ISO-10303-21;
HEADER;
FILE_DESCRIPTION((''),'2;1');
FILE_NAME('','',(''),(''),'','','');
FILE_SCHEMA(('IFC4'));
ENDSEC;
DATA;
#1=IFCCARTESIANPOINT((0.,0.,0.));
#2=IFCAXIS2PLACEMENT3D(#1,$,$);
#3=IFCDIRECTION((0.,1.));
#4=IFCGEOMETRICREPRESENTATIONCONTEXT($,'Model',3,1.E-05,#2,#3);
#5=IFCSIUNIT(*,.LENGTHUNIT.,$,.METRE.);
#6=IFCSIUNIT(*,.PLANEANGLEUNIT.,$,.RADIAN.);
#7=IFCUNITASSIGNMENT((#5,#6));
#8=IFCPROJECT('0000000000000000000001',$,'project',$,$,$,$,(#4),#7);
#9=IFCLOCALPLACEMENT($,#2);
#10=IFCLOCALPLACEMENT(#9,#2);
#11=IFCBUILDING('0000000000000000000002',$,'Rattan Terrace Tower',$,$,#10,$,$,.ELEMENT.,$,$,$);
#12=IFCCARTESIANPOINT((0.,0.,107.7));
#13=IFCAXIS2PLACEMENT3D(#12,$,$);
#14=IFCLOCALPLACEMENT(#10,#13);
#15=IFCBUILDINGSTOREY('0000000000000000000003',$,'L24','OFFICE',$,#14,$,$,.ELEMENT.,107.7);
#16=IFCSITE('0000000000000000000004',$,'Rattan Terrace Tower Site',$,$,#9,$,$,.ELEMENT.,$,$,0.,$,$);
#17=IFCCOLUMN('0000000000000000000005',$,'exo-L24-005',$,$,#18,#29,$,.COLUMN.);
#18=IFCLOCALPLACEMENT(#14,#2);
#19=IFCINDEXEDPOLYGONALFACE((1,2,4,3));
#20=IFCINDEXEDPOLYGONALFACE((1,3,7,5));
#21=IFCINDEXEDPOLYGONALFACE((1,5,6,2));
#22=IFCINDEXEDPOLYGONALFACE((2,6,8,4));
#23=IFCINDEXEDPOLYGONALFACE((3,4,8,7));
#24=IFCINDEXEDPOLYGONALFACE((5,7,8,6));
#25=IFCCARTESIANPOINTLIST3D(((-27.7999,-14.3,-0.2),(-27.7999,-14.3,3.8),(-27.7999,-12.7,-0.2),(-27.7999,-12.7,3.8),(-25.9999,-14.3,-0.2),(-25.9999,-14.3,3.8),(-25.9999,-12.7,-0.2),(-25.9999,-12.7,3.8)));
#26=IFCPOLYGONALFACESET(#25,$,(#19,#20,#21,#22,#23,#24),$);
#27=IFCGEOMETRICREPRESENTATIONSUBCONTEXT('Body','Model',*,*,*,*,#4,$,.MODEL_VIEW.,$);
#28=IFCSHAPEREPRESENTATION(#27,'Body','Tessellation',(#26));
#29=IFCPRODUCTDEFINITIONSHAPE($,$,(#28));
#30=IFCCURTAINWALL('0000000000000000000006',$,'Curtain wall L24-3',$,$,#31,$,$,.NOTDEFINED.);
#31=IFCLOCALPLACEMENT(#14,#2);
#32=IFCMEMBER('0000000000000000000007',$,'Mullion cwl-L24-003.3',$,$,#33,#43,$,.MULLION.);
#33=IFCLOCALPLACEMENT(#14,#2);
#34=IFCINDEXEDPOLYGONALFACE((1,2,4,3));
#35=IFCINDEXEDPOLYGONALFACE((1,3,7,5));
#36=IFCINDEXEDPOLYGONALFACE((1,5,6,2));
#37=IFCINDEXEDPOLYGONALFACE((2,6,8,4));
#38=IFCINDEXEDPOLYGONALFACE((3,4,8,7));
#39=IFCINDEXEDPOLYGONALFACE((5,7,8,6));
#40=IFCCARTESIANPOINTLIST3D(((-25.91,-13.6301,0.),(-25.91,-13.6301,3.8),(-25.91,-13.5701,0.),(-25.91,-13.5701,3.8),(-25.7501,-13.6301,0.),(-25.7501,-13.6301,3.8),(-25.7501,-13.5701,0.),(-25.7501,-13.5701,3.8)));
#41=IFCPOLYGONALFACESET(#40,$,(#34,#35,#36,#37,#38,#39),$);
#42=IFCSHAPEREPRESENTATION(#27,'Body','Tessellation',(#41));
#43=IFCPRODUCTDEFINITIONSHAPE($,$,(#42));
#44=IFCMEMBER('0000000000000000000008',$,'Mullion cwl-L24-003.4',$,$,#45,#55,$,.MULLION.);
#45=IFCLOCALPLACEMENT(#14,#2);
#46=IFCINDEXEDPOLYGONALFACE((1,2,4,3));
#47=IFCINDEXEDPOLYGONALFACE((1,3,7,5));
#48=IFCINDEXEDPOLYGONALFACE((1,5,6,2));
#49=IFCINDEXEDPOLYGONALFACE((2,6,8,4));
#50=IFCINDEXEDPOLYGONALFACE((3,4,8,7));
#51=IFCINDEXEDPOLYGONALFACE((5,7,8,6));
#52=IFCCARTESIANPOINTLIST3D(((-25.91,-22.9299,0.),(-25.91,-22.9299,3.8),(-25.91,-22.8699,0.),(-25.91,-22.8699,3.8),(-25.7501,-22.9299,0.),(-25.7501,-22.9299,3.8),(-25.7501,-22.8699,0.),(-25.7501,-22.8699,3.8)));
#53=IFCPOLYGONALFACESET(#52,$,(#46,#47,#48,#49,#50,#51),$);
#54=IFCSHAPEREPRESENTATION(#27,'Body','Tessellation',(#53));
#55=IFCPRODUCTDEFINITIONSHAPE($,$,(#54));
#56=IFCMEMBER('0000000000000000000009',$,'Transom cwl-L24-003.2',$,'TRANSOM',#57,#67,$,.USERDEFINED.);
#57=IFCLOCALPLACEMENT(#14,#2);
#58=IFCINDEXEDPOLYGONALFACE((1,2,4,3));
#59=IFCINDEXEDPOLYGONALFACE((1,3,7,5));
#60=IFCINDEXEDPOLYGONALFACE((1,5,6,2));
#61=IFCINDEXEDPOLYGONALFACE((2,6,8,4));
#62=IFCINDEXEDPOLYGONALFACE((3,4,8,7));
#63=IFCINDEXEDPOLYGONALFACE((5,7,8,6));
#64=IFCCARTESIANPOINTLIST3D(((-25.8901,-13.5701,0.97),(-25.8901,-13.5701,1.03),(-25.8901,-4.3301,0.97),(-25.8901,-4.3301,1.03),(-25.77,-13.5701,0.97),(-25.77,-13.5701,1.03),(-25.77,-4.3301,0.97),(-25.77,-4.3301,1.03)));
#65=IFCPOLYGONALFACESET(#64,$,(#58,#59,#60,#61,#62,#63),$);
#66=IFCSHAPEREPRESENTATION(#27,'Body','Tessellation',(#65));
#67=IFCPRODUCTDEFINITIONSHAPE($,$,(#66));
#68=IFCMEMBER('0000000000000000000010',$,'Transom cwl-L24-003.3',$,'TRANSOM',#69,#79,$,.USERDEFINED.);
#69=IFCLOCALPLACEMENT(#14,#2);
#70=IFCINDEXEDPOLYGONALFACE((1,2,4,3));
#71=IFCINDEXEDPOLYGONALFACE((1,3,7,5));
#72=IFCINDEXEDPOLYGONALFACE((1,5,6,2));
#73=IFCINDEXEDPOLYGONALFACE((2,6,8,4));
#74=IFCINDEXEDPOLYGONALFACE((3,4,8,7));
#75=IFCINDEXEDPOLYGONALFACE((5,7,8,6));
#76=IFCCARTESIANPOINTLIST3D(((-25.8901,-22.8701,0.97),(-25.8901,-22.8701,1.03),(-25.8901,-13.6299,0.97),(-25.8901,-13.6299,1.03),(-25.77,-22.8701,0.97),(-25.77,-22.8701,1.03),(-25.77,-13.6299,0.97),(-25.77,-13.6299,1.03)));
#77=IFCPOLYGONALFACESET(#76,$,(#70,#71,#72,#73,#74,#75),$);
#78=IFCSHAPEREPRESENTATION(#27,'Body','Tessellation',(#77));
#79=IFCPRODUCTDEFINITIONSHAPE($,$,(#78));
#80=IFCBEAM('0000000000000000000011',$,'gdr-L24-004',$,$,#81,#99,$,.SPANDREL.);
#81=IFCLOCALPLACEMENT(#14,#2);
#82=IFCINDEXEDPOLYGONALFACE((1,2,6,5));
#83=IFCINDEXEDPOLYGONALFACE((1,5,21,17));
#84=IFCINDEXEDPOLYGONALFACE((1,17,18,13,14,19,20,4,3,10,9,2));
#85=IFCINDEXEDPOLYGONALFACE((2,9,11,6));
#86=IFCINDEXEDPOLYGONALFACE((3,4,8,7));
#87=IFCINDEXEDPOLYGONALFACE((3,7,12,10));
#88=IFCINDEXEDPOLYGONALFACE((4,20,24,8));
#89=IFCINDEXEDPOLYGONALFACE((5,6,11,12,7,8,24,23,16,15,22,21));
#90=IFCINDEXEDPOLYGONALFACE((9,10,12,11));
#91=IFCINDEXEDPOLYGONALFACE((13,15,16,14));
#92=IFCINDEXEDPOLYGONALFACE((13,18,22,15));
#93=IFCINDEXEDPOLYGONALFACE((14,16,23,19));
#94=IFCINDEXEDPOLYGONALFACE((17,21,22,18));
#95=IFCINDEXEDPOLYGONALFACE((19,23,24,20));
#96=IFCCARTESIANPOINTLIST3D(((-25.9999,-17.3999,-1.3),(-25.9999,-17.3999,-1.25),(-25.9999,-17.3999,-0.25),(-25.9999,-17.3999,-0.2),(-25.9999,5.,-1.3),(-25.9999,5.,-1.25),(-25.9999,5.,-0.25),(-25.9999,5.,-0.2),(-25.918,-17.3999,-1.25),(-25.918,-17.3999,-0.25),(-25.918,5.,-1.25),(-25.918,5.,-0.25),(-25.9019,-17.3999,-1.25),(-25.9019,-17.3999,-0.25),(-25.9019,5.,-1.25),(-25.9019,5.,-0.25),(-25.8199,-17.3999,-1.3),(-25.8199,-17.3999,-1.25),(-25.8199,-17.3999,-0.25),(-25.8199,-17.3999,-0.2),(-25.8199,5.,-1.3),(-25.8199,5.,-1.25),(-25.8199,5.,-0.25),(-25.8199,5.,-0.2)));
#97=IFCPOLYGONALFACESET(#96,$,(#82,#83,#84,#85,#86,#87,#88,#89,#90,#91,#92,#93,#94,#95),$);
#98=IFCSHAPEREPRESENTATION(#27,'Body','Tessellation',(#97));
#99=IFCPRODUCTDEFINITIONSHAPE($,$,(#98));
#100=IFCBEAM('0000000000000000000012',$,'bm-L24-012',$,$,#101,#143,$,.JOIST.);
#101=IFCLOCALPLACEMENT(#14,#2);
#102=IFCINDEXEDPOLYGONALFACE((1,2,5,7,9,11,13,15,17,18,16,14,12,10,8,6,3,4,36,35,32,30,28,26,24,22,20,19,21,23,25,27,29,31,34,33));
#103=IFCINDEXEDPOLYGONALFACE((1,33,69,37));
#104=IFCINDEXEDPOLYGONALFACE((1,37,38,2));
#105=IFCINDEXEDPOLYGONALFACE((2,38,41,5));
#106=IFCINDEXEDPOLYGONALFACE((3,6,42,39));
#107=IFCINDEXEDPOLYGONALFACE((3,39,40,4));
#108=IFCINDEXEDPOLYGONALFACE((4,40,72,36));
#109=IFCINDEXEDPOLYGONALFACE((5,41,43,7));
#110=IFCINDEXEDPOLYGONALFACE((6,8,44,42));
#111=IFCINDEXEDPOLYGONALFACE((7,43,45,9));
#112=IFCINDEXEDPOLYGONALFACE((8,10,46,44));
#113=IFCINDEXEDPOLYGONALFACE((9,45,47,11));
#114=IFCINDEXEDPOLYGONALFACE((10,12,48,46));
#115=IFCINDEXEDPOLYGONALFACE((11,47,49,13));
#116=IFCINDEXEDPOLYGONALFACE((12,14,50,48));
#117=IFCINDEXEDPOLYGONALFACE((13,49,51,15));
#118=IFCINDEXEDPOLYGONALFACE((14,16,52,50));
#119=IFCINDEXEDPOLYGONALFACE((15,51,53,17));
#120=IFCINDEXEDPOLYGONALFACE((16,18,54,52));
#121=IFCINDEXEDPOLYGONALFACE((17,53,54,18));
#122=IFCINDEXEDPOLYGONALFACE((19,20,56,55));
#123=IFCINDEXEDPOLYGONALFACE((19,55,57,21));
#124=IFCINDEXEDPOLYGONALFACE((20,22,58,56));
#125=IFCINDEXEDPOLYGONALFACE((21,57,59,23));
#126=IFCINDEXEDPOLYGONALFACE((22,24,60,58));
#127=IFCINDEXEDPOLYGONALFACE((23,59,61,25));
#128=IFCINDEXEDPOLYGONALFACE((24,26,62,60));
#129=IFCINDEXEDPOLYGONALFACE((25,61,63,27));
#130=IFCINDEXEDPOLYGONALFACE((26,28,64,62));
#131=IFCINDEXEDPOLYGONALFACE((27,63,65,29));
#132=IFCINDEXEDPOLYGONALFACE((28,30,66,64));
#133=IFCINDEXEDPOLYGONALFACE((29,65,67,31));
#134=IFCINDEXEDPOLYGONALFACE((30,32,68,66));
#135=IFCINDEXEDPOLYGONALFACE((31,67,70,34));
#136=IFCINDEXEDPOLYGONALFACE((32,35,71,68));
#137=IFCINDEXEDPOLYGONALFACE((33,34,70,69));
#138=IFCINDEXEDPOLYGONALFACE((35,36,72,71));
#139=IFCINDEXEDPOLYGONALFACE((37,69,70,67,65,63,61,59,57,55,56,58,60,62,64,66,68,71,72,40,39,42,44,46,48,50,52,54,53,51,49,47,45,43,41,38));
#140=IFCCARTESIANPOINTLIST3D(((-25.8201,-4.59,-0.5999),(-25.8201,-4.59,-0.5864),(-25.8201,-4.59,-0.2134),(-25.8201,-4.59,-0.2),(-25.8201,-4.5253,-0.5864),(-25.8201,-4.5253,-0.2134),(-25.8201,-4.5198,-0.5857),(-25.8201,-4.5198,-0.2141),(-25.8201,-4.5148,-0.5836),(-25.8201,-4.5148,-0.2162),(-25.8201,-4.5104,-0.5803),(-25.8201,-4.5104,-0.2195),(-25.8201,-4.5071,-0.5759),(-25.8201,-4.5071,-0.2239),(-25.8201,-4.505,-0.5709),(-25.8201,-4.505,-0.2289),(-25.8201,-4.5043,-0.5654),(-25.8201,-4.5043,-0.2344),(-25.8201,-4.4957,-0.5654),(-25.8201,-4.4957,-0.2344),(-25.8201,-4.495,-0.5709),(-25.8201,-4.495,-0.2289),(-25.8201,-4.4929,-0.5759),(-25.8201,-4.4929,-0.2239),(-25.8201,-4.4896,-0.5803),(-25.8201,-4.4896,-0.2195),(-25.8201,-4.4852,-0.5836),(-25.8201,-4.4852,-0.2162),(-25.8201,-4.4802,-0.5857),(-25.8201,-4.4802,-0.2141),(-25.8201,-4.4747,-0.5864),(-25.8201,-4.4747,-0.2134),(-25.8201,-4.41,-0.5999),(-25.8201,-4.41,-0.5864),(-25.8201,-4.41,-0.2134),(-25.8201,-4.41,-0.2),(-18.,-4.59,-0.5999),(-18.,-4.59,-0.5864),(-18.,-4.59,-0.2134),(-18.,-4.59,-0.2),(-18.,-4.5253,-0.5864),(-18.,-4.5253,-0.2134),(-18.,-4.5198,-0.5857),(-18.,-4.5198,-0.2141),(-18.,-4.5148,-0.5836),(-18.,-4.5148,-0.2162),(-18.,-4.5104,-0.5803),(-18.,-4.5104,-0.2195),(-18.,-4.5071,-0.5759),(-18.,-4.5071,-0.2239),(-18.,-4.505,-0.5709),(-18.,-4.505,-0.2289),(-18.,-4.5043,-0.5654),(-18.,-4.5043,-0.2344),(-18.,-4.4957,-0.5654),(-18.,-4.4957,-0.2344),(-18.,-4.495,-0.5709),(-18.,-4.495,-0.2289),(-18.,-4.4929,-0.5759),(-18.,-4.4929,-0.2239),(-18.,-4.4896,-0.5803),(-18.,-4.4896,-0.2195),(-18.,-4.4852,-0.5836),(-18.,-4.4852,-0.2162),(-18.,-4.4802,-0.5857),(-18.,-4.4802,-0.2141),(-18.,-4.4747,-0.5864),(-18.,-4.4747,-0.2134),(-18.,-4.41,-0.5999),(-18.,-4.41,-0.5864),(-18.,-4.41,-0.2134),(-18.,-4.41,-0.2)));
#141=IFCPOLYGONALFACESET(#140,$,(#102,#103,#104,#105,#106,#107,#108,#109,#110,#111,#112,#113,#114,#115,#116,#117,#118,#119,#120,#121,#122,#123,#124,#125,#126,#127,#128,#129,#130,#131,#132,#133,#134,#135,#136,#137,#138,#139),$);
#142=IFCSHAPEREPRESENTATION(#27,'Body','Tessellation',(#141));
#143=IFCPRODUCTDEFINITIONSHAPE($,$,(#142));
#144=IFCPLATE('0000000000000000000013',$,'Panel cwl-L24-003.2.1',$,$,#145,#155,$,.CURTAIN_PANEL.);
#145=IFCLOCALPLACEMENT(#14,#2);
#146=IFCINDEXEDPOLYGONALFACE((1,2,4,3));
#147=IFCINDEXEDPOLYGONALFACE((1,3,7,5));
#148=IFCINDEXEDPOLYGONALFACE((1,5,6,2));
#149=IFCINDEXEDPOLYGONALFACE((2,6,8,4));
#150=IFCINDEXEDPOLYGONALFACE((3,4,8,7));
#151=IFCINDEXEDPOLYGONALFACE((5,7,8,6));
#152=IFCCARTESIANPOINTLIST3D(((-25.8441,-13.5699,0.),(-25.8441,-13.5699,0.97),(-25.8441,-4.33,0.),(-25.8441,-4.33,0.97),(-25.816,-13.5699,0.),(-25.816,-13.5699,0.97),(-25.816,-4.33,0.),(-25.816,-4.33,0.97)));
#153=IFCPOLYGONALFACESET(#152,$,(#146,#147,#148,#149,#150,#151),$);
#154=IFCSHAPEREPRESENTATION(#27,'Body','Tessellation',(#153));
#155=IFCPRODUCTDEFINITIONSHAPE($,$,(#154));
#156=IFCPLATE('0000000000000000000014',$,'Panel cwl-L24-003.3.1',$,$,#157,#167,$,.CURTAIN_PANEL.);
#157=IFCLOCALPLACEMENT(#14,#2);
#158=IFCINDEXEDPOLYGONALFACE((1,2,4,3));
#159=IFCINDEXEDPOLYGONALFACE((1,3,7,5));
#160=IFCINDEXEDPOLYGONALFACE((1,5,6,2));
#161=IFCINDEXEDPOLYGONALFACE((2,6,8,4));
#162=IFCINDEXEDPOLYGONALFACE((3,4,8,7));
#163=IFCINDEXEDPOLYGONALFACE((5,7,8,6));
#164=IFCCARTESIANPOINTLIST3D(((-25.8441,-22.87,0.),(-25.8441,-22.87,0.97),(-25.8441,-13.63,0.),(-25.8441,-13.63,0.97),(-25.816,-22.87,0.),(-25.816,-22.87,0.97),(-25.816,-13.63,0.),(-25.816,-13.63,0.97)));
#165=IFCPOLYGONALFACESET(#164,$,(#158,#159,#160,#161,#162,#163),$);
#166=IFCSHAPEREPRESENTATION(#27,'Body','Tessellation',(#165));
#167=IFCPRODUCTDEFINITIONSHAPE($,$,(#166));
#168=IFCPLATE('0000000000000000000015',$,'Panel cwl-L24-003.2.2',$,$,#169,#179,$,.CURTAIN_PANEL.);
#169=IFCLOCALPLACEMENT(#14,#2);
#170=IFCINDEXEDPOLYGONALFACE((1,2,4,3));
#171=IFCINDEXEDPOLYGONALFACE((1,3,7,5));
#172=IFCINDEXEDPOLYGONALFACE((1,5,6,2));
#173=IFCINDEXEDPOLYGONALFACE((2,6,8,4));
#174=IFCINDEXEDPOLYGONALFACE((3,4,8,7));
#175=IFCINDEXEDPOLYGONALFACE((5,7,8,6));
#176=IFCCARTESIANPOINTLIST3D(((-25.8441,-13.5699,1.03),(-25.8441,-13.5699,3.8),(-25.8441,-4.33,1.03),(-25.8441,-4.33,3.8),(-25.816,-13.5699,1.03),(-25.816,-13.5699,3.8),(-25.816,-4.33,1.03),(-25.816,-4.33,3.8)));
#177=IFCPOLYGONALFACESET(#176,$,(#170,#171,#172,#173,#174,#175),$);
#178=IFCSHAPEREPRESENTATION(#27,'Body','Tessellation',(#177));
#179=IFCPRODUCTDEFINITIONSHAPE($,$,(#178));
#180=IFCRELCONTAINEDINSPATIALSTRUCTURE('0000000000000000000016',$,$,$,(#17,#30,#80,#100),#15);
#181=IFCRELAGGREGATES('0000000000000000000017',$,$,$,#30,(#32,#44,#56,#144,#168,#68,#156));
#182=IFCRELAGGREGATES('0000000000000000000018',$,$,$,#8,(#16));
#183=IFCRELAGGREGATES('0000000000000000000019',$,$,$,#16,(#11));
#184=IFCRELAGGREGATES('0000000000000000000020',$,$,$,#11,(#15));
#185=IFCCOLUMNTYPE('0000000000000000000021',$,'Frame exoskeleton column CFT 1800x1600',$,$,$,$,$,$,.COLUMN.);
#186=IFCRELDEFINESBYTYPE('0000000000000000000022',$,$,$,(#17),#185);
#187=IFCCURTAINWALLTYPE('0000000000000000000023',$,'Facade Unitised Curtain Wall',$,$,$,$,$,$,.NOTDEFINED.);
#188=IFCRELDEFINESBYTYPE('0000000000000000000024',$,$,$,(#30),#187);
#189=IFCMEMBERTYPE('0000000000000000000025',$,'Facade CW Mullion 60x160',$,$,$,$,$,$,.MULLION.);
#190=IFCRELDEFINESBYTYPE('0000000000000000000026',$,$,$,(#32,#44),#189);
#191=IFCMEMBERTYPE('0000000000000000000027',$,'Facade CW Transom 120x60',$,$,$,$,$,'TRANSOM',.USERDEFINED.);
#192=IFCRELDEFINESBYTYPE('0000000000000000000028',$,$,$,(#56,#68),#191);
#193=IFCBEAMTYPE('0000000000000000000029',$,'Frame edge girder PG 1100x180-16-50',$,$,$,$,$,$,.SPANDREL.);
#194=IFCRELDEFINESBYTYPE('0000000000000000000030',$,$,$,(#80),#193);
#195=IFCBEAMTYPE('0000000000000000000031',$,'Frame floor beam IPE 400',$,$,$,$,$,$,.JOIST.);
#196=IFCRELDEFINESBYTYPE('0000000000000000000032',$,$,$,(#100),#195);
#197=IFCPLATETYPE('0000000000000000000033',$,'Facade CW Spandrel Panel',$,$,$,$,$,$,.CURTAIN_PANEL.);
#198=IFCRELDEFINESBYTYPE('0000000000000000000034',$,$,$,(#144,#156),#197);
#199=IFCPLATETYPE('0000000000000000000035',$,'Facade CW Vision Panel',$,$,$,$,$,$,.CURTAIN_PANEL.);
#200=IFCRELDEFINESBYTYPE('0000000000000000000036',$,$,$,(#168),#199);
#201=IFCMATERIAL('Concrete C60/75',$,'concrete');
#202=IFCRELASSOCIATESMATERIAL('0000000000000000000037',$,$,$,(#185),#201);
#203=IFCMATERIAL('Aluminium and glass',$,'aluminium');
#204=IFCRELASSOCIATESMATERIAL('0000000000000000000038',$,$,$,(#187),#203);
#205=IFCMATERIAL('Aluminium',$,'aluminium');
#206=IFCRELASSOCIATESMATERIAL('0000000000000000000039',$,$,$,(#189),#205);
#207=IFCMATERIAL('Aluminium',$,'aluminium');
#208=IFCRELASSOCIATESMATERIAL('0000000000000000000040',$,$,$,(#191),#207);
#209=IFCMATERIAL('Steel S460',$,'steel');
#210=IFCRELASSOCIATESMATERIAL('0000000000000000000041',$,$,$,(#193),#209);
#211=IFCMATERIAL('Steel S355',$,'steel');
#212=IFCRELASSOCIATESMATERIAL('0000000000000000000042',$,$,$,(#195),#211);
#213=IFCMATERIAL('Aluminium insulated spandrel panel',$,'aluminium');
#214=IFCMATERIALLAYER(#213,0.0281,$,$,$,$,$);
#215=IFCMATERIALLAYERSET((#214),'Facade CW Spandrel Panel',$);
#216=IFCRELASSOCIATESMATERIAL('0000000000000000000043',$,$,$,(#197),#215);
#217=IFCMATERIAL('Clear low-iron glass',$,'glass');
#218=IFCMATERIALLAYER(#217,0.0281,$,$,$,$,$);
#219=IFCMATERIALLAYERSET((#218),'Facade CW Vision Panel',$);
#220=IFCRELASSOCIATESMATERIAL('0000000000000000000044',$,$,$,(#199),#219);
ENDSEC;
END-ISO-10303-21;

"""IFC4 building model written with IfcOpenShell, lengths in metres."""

from ifc_helpers import new_model, si_unit, direction, frame, origin, origin_2d, place, context, subcontext, project, spatial, rectangle, i_section, extrude, material, layer, layer_set, material_profile, profile_set, type_object, element, aggregate, save


model = new_model("IFC4")

# Units and contexts
model_context = context("Model", 3, precision=1e-05, world=origin(), true_north=direction((0.0, 1.0)))
body_context = subcontext(model_context, "Body", "Model", "MODEL_VIEW")
ifc_project = project(units=[si_unit("LENGTHUNIT", "METRE"), si_unit("PLANEANGLEUNIT", "RADIAN")], contexts=[model_context])

# Site, building, storey
site_placement = place(None, origin())
site = spatial("IfcSite", under=ifc_project, at=site_placement, Name="Rattan Terrace Tower Site", CompositionType="ELEMENT", RefElevation=0.0)
building_placement = place(site_placement, origin())
building = spatial("IfcBuilding", under=site, at=building_placement, Name="Rattan Terrace Tower", CompositionType="ELEMENT")
storey_placement = place(building_placement, frame((0.0, 0.0, 107.7)))
storey = spatial("IfcBuildingStorey", under=building, at=storey_placement, Name="L24", Description="OFFICE", CompositionType="ELEMENT", Elevation=107.7)

# Column
ifc_material_1 = material(Name="Concrete C60/75", Category="concrete")
ifc_material_profile_1 = material_profile(ifc_material_1, rectangle(XDim=1.6001, YDim=1.8, at=origin_2d()), Name="CFT 1800x1600")
ifc_profile_set_1 = profile_set([ifc_material_profile_1], Name="Concrete C60/75")
column_type = type_object("IfcColumnType", Name="Frame exoskeleton column CFT 1800x1600", PredefinedType="COLUMN", material=ifc_profile_set_1)
column_placement = place(storey_placement, frame((-26.8999, -13.5, -0.2), z_axis=(0.0, 0.0, 1.0), x_axis=(0.0, 1.0, 0.0)))
element("IfcColumn", 1, at=column_placement, inside=storey, type_object=column_type, Name="exo-L24-005", PredefinedType="COLUMN", context=body_context, shape_type="SweptSolid", body=[
    extrude(rectangle(XDim=1.6001, YDim=1.8, at=origin_2d()), origin(), (0.0, 0.0, 1.0), 4.0),
])

# Curtain wall, members
ifc_material_2 = material(Name="Aluminium and glass", Category="aluminium")
curtain_wall_type = type_object("IfcCurtainWallType", Name="Facade Unitised Curtain Wall", PredefinedType="NOTDEFINED", material=ifc_material_2)
curtain_wall_placement = place(storey_placement, origin())
curtain_wall = element("IfcCurtainWall", 2, at=curtain_wall_placement, inside=storey, type_object=curtain_wall_type, Name="Curtain wall L24-3", PredefinedType="NOTDEFINED")
ifc_material_3 = material(Name="Aluminium", Category="aluminium")
ifc_material_profile_2 = material_profile(ifc_material_3, rectangle(XDim=0.0601, YDim=0.1599, at=origin_2d()), Name="Aluminium 60x160")
ifc_profile_set_2 = profile_set([ifc_material_profile_2], Name="Aluminium")
member_type_1 = type_object("IfcMemberType", Name="Facade CW Mullion 60x160", PredefinedType="MULLION", material=ifc_profile_set_2)
member_1_placement = place(storey_placement, frame((-25.8301, -13.6001, 0.0), z_axis=(0.0, 0.0, 1.0), x_axis=(0.0, -1.0, 0.0)))
member_1 = element("IfcMember", 3, at=member_1_placement, type_object=member_type_1, Name="Mullion cwl-L24-003.3", PredefinedType="MULLION", context=body_context, shape_type="SweptSolid", body=[
    extrude(rectangle(XDim=0.0601, YDim=0.1599, at=origin_2d()), origin(), (0.0, 0.0, 1.0), 3.8),
])
member_2_placement = place(storey_placement, frame((-25.8301, -22.8999, 0.0), z_axis=(0.0, 0.0, 1.0), x_axis=(0.0, -1.0, 0.0)))
member_2 = element("IfcMember", 4, at=member_2_placement, type_object=member_type_1, Name="Mullion cwl-L24-003.4", PredefinedType="MULLION", context=body_context, shape_type="SweptSolid", body=[
    extrude(rectangle(XDim=0.0601, YDim=0.1599, at=origin_2d()), origin(), (0.0, 0.0, 1.0), 3.8),
])
ifc_material_4 = material(Name="Aluminium", Category="aluminium")
ifc_material_profile_3 = material_profile(ifc_material_4, rectangle(XDim=0.1201, YDim=0.0601, at=origin_2d()), Name="Aluminium 120x60")
ifc_profile_set_3 = profile_set([ifc_material_profile_3], Name="Aluminium")
member_type_2 = type_object("IfcMemberType", Name="Facade CW Transom 120x60", ElementType="TRANSOM", PredefinedType="USERDEFINED", material=ifc_profile_set_3)
member_3_placement = place(storey_placement, frame((-25.8301, -4.3301, 1.0), z_axis=(0.0, -1.0, 0.0), x_axis=(1.0, 0.0, 0.0)))
member_3 = element("IfcMember", 5, at=member_3_placement, type_object=member_type_2, Name="Transom cwl-L24-003.2", ObjectType="TRANSOM", PredefinedType="USERDEFINED", context=body_context, shape_type="SweptSolid", body=[
    extrude(rectangle(XDim=0.1201, YDim=0.0601, at=origin_2d()), origin(), (0.0, 0.0, 1.0), 9.24),
])
member_4_placement = place(storey_placement, frame((-25.8301, -13.6299, 1.0), z_axis=(0.0, -1.0, 0.0), x_axis=(1.0, 0.0, 0.0)))
member_4 = element("IfcMember", 6, at=member_4_placement, type_object=member_type_2, Name="Transom cwl-L24-003.3", ObjectType="TRANSOM", PredefinedType="USERDEFINED", context=body_context, shape_type="SweptSolid", body=[
    extrude(rectangle(XDim=0.1201, YDim=0.0601, at=origin_2d()), origin(), (0.0, 0.0, 1.0), 9.2402),
])

# Beams
ifc_material_5 = material(Name="Steel S460", Category="steel")
ifc_material_profile_4 = material_profile(ifc_material_5, i_section(OverallWidth=0.1799, OverallDepth=1.1001, WebThickness=0.0161, FlangeThickness=0.05, at=origin_2d()), Name="PG 1100x180-16-50")
ifc_profile_set_4 = profile_set([ifc_material_profile_4], Name="Steel S460")
beam_type_1 = type_object("IfcBeamType", Name="Frame edge girder PG 1100x180-16-50", PredefinedType="SPANDREL", material=ifc_profile_set_4)
beam_1_placement = place(storey_placement, frame((-25.9099, -17.3999, -0.75), z_axis=(0.0, 1.0, 0.0), x_axis=(-1.0, 0.0, 0.0)))
element("IfcBeam", 7, at=beam_1_placement, inside=storey, type_object=beam_type_1, Name="gdr-L24-004", PredefinedType="SPANDREL", context=body_context, shape_type="SweptSolid", body=[
    extrude(i_section(OverallWidth=0.1799, OverallDepth=1.1001, WebThickness=0.0161, FlangeThickness=0.05, at=origin_2d()), origin(), (0.0, 0.0, 1.0), 22.3999),
])
ifc_material_6 = material(Name="Steel S355", Category="steel")
ifc_material_profile_5 = material_profile(ifc_material_6, i_section(OverallWidth=0.1799, OverallDepth=0.3999, WebThickness=0.0085, FlangeThickness=0.0134, FilletRadius=0.021, at=origin_2d()), Name="IPE 400")
ifc_profile_set_5 = profile_set([ifc_material_profile_5], Name="Steel S355")
beam_type_2 = type_object("IfcBeamType", Name="Frame floor beam IPE 400", PredefinedType="JOIST", material=ifc_profile_set_5)
beam_2_placement = place(storey_placement, frame((-25.8201, -4.5, -0.3999), z_axis=(1.0, 0.0, 0.0), x_axis=(0.0, 1.0, 0.0)))
element("IfcBeam", 8, at=beam_2_placement, inside=storey, type_object=beam_type_2, Name="bm-L24-012", PredefinedType="JOIST", context=body_context, shape_type="SweptSolid", body=[
    extrude(i_section(OverallWidth=0.1799, OverallDepth=0.3999, WebThickness=0.0085, FlangeThickness=0.0134, FilletRadius=0.021, at=origin_2d()), origin(), (0.0, 0.0, 1.0), 7.8201),
])

# Plates
ifc_material_7 = material(Name="Aluminium insulated spandrel panel", Category="aluminium")
ifc_layer_1 = layer(ifc_material_7, 0.0281)
ifc_layer_set_1 = layer_set([ifc_layer_1], Name="Facade CW Spandrel Panel")
plate_type_1 = type_object("IfcPlateType", Name="Facade CW Spandrel Panel", PredefinedType="CURTAIN_PANEL", material=ifc_layer_set_1)
plate_1_placement = place(storey_placement, frame((-25.8301, -8.95, 0.0), z_axis=(0.0, 0.0, 1.0), x_axis=(0.0, -1.0, 0.0)))
plate_1 = element("IfcPlate", 9, at=plate_1_placement, type_object=plate_type_1, Name="Panel cwl-L24-003.2.1", PredefinedType="CURTAIN_PANEL", context=body_context, shape_type="SweptSolid", body=[
    extrude(rectangle(XDim=9.24, YDim=0.0281, at=origin_2d()), origin(), (0.0, 0.0, 1.0), 0.97),
])
plate_2_placement = place(storey_placement, frame((-25.8301, -18.25, 0.0), z_axis=(0.0, 0.0, 1.0), x_axis=(0.0, -1.0, 0.0)))
plate_2 = element("IfcPlate", 10, at=plate_2_placement, type_object=plate_type_1, Name="Panel cwl-L24-003.3.1", PredefinedType="CURTAIN_PANEL", context=body_context, shape_type="SweptSolid", body=[
    extrude(rectangle(XDim=9.24, YDim=0.0281, at=origin_2d()), origin(), (0.0, 0.0, 1.0), 0.97),
])
ifc_material_8 = material(Name="Clear low-iron glass", Category="glass")
ifc_layer_2 = layer(ifc_material_8, 0.0281)
ifc_layer_set_2 = layer_set([ifc_layer_2], Name="Facade CW Vision Panel")
plate_type_2 = type_object("IfcPlateType", Name="Facade CW Vision Panel", PredefinedType="CURTAIN_PANEL", material=ifc_layer_set_2)
plate_3_placement = place(storey_placement, frame((-25.8301, -8.95, 1.03), z_axis=(0.0, 0.0, 1.0), x_axis=(0.0, -1.0, 0.0)))
plate_3 = element("IfcPlate", 11, at=plate_3_placement, type_object=plate_type_2, Name="Panel cwl-L24-003.2.2", PredefinedType="CURTAIN_PANEL", context=body_context, shape_type="SweptSolid", body=[
    extrude(rectangle(XDim=9.24, YDim=0.0281, at=origin_2d()), origin(), (0.0, 0.0, 1.0), 2.77),
])
aggregate(curtain_wall, [member_1, member_2, member_3, plate_1, plate_3, member_4, plate_2])

save(model, "model.ifc")
